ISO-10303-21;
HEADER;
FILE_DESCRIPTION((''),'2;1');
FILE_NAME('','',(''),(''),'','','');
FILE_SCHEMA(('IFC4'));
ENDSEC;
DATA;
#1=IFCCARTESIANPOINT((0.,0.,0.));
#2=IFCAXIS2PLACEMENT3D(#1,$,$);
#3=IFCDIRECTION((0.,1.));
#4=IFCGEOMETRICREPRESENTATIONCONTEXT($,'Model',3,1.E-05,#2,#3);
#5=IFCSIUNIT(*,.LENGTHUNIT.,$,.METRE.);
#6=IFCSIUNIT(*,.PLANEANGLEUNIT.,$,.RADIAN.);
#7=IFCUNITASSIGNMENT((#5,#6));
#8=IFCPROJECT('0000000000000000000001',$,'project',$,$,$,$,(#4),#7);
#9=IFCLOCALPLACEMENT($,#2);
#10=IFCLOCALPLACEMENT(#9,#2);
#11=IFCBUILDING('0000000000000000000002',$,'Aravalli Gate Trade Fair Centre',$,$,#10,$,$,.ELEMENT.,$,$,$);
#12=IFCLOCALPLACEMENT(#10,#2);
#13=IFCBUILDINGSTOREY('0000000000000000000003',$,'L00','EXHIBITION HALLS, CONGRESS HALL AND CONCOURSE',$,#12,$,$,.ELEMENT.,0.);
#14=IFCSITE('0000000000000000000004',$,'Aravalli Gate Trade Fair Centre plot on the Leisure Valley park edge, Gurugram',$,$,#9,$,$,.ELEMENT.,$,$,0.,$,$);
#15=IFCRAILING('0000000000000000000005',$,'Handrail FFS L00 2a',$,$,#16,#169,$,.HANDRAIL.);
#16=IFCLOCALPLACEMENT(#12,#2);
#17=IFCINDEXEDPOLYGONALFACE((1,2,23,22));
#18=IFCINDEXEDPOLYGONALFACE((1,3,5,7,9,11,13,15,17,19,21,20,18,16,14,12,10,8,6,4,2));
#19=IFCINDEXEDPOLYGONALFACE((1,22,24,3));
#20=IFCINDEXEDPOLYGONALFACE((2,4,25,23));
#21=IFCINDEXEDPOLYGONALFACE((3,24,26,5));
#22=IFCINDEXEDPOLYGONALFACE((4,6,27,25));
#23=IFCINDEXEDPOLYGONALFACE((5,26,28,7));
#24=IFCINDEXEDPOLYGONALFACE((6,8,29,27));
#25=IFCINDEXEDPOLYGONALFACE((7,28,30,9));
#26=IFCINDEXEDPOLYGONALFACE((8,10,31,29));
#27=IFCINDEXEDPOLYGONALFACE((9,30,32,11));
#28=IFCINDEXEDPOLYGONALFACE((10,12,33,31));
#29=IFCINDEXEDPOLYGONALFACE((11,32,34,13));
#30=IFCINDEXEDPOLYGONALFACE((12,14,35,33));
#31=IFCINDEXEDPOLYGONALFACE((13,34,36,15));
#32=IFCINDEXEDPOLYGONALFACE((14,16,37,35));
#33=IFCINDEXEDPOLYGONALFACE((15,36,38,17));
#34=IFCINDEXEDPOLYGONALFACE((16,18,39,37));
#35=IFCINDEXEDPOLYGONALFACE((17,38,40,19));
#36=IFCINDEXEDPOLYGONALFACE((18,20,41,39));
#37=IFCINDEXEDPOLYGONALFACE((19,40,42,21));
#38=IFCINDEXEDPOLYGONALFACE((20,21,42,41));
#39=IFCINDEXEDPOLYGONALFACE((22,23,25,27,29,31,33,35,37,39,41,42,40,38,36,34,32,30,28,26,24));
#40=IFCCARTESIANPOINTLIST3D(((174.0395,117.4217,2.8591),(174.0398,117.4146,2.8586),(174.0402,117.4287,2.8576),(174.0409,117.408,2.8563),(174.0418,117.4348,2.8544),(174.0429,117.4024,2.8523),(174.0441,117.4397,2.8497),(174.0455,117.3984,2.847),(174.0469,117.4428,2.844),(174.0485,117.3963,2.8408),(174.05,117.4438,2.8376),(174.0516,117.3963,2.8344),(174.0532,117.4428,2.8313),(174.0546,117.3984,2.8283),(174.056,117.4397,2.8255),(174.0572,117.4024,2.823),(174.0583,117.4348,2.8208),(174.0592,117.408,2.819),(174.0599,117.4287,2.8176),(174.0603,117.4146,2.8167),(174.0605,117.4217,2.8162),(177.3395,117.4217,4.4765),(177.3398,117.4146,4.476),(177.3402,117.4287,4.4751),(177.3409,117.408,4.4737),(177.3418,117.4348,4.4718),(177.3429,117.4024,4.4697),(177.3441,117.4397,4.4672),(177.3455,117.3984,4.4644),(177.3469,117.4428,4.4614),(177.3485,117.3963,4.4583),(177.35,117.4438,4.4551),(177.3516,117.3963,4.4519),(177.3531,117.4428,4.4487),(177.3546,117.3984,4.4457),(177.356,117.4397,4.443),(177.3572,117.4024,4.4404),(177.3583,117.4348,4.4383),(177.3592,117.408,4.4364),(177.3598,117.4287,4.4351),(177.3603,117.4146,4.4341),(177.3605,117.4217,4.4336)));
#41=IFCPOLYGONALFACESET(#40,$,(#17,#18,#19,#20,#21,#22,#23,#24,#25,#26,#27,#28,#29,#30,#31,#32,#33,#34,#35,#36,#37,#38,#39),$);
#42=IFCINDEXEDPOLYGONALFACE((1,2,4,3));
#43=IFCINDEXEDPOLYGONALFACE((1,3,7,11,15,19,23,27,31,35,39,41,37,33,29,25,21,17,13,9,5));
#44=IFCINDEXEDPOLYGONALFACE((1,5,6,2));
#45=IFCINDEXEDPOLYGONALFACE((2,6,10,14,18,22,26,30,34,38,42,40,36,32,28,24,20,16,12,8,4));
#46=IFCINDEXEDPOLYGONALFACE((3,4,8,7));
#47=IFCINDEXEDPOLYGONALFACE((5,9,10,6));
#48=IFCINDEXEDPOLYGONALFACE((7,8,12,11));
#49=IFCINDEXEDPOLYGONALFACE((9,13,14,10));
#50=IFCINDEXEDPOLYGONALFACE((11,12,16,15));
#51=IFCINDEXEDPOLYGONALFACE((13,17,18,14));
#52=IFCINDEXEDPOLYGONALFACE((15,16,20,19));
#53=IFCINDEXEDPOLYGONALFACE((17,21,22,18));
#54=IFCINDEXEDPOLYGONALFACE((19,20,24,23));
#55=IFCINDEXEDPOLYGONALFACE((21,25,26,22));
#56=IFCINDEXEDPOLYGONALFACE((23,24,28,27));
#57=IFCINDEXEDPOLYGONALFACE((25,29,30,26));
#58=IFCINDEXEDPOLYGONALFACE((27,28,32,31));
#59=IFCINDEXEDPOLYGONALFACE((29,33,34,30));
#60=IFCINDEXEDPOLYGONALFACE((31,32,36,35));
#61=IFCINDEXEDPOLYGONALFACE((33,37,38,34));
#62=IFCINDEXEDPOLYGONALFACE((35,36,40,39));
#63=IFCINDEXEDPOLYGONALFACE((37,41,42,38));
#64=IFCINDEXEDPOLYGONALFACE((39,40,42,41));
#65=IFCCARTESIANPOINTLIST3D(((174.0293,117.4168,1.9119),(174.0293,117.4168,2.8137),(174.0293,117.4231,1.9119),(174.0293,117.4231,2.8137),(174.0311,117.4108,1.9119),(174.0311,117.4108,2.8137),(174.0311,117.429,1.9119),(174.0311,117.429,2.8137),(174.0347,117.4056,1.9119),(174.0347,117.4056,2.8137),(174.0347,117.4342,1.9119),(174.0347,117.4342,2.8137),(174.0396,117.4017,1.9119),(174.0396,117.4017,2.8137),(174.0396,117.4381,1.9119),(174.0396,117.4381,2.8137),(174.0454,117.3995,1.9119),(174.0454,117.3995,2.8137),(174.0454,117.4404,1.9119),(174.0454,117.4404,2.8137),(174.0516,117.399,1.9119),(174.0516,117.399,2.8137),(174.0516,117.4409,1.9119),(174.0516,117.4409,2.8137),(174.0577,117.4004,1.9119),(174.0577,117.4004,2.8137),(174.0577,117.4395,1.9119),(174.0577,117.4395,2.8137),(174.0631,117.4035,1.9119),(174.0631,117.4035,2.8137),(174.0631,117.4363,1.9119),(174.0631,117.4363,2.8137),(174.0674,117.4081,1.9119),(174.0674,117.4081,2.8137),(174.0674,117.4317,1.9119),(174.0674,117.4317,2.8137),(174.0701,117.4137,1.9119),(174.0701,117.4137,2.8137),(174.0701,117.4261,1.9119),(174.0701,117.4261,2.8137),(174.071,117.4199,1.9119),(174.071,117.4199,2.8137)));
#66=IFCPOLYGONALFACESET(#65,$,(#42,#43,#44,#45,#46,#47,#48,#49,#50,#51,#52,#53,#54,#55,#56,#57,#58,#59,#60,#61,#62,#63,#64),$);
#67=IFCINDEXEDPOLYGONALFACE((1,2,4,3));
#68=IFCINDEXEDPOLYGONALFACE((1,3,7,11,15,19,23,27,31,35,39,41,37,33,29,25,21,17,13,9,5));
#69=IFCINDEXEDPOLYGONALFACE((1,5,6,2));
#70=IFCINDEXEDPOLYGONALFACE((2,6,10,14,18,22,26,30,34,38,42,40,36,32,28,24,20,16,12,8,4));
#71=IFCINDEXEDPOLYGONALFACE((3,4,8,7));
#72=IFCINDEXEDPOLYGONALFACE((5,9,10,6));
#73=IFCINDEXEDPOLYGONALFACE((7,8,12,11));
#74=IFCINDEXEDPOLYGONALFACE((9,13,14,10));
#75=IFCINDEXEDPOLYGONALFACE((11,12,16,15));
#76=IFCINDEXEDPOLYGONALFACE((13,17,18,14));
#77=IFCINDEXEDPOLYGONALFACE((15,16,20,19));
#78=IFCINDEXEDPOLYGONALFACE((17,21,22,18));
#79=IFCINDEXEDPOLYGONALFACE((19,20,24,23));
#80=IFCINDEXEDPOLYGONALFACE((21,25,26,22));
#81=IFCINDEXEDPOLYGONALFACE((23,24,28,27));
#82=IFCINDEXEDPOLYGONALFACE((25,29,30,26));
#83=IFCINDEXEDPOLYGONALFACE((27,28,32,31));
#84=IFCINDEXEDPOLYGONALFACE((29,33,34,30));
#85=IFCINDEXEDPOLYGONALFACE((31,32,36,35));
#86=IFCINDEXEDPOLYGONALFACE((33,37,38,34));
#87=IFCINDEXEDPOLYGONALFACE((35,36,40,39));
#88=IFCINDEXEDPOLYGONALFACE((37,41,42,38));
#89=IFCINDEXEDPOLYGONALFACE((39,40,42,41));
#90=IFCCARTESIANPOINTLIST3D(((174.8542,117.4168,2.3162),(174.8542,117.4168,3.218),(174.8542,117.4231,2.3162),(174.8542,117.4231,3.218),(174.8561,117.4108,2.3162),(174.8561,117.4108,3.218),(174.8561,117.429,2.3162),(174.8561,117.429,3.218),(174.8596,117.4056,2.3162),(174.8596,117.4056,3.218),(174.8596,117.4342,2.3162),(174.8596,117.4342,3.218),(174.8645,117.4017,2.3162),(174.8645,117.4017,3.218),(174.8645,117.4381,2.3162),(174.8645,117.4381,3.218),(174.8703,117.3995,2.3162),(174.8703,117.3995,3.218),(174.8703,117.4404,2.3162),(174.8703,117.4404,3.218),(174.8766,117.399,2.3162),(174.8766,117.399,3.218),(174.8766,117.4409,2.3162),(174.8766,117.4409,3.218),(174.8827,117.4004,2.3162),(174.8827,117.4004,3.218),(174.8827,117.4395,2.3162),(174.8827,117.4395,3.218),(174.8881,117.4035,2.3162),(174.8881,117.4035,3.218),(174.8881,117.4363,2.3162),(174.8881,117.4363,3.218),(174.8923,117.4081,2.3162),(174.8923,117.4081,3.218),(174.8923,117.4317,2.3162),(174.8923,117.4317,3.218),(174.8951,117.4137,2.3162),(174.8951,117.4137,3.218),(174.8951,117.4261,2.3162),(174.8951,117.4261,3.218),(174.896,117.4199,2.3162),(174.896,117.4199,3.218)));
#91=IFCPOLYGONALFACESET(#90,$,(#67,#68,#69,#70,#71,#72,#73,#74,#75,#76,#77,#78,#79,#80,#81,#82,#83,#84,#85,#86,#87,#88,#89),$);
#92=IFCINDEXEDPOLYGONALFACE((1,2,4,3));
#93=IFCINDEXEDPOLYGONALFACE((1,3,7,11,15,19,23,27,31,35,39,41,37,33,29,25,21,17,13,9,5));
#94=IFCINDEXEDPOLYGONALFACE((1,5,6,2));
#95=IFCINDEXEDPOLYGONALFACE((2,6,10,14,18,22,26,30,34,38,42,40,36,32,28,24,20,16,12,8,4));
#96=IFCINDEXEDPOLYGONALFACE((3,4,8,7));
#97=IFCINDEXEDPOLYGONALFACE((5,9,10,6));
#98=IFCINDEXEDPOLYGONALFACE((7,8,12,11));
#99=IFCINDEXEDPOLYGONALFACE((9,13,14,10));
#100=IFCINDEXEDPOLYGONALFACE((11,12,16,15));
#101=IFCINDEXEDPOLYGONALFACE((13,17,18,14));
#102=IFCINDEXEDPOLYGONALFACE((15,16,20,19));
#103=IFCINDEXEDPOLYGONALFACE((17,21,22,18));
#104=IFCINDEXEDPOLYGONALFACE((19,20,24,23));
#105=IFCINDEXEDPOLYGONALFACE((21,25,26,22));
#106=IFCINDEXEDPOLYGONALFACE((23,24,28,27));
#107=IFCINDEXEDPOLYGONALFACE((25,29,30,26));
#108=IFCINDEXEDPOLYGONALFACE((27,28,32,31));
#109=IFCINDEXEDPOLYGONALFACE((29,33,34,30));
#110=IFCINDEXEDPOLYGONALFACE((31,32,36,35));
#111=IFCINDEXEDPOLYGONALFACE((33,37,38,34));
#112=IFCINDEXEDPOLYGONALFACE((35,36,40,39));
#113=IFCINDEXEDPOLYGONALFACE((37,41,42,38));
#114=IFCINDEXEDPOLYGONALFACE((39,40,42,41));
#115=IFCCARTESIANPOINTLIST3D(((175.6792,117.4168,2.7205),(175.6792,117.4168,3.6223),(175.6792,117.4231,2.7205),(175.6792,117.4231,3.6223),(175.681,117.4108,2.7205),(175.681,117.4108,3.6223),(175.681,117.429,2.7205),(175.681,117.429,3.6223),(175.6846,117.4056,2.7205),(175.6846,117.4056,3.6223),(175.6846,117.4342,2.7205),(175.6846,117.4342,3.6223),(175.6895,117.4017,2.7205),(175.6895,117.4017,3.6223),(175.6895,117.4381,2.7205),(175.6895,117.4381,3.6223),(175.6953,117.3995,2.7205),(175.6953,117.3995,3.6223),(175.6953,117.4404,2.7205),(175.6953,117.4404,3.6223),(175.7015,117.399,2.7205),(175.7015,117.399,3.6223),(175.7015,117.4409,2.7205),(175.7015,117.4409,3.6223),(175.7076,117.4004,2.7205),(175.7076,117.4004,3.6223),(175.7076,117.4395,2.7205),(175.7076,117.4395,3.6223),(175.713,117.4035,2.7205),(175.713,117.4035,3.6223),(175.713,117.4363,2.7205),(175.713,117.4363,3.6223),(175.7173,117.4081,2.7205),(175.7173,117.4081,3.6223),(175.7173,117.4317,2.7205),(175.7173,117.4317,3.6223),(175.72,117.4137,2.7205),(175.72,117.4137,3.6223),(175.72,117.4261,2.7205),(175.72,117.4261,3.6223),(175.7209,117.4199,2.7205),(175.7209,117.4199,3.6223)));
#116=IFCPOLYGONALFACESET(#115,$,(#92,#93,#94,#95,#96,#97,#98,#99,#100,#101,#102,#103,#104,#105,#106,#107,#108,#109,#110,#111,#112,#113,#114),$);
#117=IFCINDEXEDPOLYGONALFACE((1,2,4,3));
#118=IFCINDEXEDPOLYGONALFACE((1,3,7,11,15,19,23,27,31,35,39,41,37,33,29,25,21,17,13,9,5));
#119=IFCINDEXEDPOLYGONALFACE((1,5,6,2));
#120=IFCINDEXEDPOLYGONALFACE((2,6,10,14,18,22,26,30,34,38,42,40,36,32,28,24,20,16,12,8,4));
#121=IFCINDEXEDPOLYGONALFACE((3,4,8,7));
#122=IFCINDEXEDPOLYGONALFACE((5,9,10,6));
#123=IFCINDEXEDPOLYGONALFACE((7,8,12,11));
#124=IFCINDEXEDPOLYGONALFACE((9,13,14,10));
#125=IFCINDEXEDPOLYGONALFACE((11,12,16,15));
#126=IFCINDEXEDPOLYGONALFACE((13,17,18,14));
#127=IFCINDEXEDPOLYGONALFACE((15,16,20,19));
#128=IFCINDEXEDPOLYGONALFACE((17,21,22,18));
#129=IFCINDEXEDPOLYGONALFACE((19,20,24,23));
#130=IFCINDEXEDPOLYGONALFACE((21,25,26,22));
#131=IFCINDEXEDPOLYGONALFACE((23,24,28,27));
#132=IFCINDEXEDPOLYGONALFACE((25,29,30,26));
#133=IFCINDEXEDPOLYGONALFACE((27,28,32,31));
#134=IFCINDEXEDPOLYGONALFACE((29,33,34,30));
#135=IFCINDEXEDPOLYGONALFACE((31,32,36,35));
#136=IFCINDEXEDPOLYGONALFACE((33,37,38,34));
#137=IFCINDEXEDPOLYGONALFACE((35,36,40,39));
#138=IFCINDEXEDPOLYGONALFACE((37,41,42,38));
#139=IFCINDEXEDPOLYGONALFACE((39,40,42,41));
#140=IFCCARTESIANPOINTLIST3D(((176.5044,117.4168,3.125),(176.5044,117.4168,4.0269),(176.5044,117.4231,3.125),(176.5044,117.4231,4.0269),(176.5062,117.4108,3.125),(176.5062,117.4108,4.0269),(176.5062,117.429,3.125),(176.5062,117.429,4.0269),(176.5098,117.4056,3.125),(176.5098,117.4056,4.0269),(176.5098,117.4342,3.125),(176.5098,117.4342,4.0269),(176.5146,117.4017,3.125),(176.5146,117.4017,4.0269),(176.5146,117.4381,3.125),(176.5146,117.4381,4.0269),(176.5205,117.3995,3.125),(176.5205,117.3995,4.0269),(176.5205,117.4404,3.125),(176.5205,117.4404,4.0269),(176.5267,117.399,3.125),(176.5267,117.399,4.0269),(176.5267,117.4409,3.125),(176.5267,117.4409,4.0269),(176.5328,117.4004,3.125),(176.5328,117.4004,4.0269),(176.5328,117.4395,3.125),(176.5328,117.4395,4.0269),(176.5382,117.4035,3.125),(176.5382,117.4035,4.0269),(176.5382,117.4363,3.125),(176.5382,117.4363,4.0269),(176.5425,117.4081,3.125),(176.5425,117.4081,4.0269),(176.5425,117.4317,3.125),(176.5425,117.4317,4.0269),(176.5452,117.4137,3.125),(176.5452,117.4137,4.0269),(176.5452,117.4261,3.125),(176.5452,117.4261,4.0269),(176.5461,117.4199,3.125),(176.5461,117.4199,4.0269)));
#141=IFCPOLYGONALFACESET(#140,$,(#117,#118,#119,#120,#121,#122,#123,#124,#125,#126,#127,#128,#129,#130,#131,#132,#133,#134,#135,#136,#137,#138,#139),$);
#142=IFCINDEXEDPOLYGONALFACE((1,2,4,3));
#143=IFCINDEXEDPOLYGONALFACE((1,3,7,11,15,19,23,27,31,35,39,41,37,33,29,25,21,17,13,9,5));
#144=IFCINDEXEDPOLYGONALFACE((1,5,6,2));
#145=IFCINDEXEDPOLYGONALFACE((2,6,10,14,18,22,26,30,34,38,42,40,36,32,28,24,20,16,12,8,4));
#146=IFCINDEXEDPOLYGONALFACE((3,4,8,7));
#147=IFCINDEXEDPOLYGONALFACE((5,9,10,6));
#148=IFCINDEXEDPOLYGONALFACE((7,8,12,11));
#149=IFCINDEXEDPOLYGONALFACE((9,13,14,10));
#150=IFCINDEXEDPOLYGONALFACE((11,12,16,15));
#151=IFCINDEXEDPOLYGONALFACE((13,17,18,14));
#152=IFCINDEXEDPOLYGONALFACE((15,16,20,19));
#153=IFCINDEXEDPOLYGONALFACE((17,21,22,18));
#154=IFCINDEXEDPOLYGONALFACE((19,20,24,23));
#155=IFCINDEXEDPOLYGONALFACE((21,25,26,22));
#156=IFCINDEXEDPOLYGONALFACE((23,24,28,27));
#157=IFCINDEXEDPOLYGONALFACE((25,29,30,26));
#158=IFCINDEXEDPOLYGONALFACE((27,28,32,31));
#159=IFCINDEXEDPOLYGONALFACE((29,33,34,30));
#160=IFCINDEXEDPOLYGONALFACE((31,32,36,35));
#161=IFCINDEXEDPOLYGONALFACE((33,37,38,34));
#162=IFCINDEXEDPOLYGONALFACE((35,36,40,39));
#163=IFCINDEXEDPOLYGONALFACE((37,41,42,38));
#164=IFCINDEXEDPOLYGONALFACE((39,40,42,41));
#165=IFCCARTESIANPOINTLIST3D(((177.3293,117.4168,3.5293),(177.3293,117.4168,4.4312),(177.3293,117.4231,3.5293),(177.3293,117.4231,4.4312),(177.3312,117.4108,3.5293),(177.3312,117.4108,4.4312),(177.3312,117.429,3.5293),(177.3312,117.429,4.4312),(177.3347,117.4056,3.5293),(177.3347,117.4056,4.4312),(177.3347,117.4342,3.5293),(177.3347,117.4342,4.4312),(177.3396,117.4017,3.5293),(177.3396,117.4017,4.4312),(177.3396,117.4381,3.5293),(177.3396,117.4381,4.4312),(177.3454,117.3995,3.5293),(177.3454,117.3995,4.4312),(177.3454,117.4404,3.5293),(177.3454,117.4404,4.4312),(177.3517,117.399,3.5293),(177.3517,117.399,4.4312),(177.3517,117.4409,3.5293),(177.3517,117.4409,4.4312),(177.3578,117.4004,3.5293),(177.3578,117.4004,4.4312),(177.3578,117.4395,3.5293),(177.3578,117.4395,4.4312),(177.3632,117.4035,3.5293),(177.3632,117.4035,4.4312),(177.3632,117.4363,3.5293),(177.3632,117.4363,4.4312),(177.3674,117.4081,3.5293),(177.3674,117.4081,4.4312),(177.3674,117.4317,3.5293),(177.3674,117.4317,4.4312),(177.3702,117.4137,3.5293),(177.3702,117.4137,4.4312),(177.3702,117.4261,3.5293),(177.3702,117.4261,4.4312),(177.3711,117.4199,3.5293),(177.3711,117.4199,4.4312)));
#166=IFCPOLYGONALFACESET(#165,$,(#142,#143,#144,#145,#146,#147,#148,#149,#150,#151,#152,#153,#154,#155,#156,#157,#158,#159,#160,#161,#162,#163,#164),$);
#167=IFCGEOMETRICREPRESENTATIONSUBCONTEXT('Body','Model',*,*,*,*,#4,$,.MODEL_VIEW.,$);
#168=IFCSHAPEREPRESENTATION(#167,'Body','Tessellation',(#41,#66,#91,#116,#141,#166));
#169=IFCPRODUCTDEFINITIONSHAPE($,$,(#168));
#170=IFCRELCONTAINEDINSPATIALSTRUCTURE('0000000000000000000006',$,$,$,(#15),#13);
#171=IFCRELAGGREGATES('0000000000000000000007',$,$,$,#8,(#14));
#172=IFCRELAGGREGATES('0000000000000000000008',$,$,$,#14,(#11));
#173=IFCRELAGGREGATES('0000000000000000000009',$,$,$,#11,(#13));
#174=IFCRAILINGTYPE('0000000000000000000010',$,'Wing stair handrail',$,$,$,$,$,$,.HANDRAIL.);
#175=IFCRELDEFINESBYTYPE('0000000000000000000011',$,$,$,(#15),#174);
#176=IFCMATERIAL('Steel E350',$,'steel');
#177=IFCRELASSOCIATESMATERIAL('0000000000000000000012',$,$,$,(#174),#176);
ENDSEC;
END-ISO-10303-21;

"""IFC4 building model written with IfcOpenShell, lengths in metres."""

from ifc_helpers import new_model, si_unit, direction, frame, origin, origin_2d, place, context, subcontext, project, spatial, circle, extrude, material, type_object, element, save


model = new_model("IFC4")

# Units and contexts
model_context = context("Model", 3, precision=1e-05, world=origin(), true_north=direction((0.0, 1.0)))
body_context = subcontext(model_context, "Body", "Model", "MODEL_VIEW")
ifc_project = project(units=[si_unit("LENGTHUNIT", "METRE"), si_unit("PLANEANGLEUNIT", "RADIAN")], contexts=[model_context])

# Site, building, storey
site_placement = place(None, origin())
site = spatial("IfcSite", under=ifc_project, at=site_placement, Name="Aravalli Gate Trade Fair Centre plot on the Leisure Valley park edge, Gurugram", CompositionType="ELEMENT", RefElevation=0.0)
building_placement = place(site_placement, origin())
building = spatial("IfcBuilding", under=site, at=building_placement, Name="Aravalli Gate Trade Fair Centre", CompositionType="ELEMENT")
storey_placement = place(building_placement, origin())
storey = spatial("IfcBuildingStorey", under=building, at=storey_placement, Name="L00", Description="EXHIBITION HALLS, CONGRESS HALL AND CONCOURSE", CompositionType="ELEMENT", Elevation=0.0)

# Railing
ifc_material_1 = material(Name="Steel E350", Category="steel")
railing_type = type_object("IfcRailingType", Name="Wing stair handrail", PredefinedType="HANDRAIL", material=ifc_material_1)
railing_1_placement = place(storey_placement, frame((174.05, 117.4199, 1.9119)))
element("IfcRailing", 1, at=railing_1_placement, inside=storey, type_object=railing_type, Name="Handrail FFS L00 2a", PredefinedType="HANDRAIL", context=body_context, shape_type="SweptSolid", body=[
    extrude(circle(Radius=0.0239, at=origin_2d()), frame((0.0, 0.0, 0.9258), z_axis=(0.897946, 0.0, 0.440105), x_axis=(0.0, 1.0, 0.0)), (0.0, 0.0, 1.0), 3.675),
    extrude(circle(Radius=0.021, at=origin_2d()), origin(), (0.0, 0.0, 1.0), 0.9019),
    extrude(circle(Radius=0.021, at=origin_2d()), frame((0.825, 0.0, 0.4043)), (0.0, 0.0, 1.0), 0.9019),
    extrude(circle(Radius=0.021, at=origin_2d()), frame((1.6499, 0.0, 0.8086)), (0.0, 0.0, 1.0), 0.9019),
    extrude(circle(Radius=0.021, at=origin_2d()), frame((2.4751, 0.0, 1.2131)), (0.0, 0.0, 1.0), 0.9019),
    extrude(circle(Radius=0.021, at=origin_2d()), frame((3.3, 0.0, 1.6174)), (0.0, 0.0, 1.0), 0.9019),
])

save(model, "model.ifc")
